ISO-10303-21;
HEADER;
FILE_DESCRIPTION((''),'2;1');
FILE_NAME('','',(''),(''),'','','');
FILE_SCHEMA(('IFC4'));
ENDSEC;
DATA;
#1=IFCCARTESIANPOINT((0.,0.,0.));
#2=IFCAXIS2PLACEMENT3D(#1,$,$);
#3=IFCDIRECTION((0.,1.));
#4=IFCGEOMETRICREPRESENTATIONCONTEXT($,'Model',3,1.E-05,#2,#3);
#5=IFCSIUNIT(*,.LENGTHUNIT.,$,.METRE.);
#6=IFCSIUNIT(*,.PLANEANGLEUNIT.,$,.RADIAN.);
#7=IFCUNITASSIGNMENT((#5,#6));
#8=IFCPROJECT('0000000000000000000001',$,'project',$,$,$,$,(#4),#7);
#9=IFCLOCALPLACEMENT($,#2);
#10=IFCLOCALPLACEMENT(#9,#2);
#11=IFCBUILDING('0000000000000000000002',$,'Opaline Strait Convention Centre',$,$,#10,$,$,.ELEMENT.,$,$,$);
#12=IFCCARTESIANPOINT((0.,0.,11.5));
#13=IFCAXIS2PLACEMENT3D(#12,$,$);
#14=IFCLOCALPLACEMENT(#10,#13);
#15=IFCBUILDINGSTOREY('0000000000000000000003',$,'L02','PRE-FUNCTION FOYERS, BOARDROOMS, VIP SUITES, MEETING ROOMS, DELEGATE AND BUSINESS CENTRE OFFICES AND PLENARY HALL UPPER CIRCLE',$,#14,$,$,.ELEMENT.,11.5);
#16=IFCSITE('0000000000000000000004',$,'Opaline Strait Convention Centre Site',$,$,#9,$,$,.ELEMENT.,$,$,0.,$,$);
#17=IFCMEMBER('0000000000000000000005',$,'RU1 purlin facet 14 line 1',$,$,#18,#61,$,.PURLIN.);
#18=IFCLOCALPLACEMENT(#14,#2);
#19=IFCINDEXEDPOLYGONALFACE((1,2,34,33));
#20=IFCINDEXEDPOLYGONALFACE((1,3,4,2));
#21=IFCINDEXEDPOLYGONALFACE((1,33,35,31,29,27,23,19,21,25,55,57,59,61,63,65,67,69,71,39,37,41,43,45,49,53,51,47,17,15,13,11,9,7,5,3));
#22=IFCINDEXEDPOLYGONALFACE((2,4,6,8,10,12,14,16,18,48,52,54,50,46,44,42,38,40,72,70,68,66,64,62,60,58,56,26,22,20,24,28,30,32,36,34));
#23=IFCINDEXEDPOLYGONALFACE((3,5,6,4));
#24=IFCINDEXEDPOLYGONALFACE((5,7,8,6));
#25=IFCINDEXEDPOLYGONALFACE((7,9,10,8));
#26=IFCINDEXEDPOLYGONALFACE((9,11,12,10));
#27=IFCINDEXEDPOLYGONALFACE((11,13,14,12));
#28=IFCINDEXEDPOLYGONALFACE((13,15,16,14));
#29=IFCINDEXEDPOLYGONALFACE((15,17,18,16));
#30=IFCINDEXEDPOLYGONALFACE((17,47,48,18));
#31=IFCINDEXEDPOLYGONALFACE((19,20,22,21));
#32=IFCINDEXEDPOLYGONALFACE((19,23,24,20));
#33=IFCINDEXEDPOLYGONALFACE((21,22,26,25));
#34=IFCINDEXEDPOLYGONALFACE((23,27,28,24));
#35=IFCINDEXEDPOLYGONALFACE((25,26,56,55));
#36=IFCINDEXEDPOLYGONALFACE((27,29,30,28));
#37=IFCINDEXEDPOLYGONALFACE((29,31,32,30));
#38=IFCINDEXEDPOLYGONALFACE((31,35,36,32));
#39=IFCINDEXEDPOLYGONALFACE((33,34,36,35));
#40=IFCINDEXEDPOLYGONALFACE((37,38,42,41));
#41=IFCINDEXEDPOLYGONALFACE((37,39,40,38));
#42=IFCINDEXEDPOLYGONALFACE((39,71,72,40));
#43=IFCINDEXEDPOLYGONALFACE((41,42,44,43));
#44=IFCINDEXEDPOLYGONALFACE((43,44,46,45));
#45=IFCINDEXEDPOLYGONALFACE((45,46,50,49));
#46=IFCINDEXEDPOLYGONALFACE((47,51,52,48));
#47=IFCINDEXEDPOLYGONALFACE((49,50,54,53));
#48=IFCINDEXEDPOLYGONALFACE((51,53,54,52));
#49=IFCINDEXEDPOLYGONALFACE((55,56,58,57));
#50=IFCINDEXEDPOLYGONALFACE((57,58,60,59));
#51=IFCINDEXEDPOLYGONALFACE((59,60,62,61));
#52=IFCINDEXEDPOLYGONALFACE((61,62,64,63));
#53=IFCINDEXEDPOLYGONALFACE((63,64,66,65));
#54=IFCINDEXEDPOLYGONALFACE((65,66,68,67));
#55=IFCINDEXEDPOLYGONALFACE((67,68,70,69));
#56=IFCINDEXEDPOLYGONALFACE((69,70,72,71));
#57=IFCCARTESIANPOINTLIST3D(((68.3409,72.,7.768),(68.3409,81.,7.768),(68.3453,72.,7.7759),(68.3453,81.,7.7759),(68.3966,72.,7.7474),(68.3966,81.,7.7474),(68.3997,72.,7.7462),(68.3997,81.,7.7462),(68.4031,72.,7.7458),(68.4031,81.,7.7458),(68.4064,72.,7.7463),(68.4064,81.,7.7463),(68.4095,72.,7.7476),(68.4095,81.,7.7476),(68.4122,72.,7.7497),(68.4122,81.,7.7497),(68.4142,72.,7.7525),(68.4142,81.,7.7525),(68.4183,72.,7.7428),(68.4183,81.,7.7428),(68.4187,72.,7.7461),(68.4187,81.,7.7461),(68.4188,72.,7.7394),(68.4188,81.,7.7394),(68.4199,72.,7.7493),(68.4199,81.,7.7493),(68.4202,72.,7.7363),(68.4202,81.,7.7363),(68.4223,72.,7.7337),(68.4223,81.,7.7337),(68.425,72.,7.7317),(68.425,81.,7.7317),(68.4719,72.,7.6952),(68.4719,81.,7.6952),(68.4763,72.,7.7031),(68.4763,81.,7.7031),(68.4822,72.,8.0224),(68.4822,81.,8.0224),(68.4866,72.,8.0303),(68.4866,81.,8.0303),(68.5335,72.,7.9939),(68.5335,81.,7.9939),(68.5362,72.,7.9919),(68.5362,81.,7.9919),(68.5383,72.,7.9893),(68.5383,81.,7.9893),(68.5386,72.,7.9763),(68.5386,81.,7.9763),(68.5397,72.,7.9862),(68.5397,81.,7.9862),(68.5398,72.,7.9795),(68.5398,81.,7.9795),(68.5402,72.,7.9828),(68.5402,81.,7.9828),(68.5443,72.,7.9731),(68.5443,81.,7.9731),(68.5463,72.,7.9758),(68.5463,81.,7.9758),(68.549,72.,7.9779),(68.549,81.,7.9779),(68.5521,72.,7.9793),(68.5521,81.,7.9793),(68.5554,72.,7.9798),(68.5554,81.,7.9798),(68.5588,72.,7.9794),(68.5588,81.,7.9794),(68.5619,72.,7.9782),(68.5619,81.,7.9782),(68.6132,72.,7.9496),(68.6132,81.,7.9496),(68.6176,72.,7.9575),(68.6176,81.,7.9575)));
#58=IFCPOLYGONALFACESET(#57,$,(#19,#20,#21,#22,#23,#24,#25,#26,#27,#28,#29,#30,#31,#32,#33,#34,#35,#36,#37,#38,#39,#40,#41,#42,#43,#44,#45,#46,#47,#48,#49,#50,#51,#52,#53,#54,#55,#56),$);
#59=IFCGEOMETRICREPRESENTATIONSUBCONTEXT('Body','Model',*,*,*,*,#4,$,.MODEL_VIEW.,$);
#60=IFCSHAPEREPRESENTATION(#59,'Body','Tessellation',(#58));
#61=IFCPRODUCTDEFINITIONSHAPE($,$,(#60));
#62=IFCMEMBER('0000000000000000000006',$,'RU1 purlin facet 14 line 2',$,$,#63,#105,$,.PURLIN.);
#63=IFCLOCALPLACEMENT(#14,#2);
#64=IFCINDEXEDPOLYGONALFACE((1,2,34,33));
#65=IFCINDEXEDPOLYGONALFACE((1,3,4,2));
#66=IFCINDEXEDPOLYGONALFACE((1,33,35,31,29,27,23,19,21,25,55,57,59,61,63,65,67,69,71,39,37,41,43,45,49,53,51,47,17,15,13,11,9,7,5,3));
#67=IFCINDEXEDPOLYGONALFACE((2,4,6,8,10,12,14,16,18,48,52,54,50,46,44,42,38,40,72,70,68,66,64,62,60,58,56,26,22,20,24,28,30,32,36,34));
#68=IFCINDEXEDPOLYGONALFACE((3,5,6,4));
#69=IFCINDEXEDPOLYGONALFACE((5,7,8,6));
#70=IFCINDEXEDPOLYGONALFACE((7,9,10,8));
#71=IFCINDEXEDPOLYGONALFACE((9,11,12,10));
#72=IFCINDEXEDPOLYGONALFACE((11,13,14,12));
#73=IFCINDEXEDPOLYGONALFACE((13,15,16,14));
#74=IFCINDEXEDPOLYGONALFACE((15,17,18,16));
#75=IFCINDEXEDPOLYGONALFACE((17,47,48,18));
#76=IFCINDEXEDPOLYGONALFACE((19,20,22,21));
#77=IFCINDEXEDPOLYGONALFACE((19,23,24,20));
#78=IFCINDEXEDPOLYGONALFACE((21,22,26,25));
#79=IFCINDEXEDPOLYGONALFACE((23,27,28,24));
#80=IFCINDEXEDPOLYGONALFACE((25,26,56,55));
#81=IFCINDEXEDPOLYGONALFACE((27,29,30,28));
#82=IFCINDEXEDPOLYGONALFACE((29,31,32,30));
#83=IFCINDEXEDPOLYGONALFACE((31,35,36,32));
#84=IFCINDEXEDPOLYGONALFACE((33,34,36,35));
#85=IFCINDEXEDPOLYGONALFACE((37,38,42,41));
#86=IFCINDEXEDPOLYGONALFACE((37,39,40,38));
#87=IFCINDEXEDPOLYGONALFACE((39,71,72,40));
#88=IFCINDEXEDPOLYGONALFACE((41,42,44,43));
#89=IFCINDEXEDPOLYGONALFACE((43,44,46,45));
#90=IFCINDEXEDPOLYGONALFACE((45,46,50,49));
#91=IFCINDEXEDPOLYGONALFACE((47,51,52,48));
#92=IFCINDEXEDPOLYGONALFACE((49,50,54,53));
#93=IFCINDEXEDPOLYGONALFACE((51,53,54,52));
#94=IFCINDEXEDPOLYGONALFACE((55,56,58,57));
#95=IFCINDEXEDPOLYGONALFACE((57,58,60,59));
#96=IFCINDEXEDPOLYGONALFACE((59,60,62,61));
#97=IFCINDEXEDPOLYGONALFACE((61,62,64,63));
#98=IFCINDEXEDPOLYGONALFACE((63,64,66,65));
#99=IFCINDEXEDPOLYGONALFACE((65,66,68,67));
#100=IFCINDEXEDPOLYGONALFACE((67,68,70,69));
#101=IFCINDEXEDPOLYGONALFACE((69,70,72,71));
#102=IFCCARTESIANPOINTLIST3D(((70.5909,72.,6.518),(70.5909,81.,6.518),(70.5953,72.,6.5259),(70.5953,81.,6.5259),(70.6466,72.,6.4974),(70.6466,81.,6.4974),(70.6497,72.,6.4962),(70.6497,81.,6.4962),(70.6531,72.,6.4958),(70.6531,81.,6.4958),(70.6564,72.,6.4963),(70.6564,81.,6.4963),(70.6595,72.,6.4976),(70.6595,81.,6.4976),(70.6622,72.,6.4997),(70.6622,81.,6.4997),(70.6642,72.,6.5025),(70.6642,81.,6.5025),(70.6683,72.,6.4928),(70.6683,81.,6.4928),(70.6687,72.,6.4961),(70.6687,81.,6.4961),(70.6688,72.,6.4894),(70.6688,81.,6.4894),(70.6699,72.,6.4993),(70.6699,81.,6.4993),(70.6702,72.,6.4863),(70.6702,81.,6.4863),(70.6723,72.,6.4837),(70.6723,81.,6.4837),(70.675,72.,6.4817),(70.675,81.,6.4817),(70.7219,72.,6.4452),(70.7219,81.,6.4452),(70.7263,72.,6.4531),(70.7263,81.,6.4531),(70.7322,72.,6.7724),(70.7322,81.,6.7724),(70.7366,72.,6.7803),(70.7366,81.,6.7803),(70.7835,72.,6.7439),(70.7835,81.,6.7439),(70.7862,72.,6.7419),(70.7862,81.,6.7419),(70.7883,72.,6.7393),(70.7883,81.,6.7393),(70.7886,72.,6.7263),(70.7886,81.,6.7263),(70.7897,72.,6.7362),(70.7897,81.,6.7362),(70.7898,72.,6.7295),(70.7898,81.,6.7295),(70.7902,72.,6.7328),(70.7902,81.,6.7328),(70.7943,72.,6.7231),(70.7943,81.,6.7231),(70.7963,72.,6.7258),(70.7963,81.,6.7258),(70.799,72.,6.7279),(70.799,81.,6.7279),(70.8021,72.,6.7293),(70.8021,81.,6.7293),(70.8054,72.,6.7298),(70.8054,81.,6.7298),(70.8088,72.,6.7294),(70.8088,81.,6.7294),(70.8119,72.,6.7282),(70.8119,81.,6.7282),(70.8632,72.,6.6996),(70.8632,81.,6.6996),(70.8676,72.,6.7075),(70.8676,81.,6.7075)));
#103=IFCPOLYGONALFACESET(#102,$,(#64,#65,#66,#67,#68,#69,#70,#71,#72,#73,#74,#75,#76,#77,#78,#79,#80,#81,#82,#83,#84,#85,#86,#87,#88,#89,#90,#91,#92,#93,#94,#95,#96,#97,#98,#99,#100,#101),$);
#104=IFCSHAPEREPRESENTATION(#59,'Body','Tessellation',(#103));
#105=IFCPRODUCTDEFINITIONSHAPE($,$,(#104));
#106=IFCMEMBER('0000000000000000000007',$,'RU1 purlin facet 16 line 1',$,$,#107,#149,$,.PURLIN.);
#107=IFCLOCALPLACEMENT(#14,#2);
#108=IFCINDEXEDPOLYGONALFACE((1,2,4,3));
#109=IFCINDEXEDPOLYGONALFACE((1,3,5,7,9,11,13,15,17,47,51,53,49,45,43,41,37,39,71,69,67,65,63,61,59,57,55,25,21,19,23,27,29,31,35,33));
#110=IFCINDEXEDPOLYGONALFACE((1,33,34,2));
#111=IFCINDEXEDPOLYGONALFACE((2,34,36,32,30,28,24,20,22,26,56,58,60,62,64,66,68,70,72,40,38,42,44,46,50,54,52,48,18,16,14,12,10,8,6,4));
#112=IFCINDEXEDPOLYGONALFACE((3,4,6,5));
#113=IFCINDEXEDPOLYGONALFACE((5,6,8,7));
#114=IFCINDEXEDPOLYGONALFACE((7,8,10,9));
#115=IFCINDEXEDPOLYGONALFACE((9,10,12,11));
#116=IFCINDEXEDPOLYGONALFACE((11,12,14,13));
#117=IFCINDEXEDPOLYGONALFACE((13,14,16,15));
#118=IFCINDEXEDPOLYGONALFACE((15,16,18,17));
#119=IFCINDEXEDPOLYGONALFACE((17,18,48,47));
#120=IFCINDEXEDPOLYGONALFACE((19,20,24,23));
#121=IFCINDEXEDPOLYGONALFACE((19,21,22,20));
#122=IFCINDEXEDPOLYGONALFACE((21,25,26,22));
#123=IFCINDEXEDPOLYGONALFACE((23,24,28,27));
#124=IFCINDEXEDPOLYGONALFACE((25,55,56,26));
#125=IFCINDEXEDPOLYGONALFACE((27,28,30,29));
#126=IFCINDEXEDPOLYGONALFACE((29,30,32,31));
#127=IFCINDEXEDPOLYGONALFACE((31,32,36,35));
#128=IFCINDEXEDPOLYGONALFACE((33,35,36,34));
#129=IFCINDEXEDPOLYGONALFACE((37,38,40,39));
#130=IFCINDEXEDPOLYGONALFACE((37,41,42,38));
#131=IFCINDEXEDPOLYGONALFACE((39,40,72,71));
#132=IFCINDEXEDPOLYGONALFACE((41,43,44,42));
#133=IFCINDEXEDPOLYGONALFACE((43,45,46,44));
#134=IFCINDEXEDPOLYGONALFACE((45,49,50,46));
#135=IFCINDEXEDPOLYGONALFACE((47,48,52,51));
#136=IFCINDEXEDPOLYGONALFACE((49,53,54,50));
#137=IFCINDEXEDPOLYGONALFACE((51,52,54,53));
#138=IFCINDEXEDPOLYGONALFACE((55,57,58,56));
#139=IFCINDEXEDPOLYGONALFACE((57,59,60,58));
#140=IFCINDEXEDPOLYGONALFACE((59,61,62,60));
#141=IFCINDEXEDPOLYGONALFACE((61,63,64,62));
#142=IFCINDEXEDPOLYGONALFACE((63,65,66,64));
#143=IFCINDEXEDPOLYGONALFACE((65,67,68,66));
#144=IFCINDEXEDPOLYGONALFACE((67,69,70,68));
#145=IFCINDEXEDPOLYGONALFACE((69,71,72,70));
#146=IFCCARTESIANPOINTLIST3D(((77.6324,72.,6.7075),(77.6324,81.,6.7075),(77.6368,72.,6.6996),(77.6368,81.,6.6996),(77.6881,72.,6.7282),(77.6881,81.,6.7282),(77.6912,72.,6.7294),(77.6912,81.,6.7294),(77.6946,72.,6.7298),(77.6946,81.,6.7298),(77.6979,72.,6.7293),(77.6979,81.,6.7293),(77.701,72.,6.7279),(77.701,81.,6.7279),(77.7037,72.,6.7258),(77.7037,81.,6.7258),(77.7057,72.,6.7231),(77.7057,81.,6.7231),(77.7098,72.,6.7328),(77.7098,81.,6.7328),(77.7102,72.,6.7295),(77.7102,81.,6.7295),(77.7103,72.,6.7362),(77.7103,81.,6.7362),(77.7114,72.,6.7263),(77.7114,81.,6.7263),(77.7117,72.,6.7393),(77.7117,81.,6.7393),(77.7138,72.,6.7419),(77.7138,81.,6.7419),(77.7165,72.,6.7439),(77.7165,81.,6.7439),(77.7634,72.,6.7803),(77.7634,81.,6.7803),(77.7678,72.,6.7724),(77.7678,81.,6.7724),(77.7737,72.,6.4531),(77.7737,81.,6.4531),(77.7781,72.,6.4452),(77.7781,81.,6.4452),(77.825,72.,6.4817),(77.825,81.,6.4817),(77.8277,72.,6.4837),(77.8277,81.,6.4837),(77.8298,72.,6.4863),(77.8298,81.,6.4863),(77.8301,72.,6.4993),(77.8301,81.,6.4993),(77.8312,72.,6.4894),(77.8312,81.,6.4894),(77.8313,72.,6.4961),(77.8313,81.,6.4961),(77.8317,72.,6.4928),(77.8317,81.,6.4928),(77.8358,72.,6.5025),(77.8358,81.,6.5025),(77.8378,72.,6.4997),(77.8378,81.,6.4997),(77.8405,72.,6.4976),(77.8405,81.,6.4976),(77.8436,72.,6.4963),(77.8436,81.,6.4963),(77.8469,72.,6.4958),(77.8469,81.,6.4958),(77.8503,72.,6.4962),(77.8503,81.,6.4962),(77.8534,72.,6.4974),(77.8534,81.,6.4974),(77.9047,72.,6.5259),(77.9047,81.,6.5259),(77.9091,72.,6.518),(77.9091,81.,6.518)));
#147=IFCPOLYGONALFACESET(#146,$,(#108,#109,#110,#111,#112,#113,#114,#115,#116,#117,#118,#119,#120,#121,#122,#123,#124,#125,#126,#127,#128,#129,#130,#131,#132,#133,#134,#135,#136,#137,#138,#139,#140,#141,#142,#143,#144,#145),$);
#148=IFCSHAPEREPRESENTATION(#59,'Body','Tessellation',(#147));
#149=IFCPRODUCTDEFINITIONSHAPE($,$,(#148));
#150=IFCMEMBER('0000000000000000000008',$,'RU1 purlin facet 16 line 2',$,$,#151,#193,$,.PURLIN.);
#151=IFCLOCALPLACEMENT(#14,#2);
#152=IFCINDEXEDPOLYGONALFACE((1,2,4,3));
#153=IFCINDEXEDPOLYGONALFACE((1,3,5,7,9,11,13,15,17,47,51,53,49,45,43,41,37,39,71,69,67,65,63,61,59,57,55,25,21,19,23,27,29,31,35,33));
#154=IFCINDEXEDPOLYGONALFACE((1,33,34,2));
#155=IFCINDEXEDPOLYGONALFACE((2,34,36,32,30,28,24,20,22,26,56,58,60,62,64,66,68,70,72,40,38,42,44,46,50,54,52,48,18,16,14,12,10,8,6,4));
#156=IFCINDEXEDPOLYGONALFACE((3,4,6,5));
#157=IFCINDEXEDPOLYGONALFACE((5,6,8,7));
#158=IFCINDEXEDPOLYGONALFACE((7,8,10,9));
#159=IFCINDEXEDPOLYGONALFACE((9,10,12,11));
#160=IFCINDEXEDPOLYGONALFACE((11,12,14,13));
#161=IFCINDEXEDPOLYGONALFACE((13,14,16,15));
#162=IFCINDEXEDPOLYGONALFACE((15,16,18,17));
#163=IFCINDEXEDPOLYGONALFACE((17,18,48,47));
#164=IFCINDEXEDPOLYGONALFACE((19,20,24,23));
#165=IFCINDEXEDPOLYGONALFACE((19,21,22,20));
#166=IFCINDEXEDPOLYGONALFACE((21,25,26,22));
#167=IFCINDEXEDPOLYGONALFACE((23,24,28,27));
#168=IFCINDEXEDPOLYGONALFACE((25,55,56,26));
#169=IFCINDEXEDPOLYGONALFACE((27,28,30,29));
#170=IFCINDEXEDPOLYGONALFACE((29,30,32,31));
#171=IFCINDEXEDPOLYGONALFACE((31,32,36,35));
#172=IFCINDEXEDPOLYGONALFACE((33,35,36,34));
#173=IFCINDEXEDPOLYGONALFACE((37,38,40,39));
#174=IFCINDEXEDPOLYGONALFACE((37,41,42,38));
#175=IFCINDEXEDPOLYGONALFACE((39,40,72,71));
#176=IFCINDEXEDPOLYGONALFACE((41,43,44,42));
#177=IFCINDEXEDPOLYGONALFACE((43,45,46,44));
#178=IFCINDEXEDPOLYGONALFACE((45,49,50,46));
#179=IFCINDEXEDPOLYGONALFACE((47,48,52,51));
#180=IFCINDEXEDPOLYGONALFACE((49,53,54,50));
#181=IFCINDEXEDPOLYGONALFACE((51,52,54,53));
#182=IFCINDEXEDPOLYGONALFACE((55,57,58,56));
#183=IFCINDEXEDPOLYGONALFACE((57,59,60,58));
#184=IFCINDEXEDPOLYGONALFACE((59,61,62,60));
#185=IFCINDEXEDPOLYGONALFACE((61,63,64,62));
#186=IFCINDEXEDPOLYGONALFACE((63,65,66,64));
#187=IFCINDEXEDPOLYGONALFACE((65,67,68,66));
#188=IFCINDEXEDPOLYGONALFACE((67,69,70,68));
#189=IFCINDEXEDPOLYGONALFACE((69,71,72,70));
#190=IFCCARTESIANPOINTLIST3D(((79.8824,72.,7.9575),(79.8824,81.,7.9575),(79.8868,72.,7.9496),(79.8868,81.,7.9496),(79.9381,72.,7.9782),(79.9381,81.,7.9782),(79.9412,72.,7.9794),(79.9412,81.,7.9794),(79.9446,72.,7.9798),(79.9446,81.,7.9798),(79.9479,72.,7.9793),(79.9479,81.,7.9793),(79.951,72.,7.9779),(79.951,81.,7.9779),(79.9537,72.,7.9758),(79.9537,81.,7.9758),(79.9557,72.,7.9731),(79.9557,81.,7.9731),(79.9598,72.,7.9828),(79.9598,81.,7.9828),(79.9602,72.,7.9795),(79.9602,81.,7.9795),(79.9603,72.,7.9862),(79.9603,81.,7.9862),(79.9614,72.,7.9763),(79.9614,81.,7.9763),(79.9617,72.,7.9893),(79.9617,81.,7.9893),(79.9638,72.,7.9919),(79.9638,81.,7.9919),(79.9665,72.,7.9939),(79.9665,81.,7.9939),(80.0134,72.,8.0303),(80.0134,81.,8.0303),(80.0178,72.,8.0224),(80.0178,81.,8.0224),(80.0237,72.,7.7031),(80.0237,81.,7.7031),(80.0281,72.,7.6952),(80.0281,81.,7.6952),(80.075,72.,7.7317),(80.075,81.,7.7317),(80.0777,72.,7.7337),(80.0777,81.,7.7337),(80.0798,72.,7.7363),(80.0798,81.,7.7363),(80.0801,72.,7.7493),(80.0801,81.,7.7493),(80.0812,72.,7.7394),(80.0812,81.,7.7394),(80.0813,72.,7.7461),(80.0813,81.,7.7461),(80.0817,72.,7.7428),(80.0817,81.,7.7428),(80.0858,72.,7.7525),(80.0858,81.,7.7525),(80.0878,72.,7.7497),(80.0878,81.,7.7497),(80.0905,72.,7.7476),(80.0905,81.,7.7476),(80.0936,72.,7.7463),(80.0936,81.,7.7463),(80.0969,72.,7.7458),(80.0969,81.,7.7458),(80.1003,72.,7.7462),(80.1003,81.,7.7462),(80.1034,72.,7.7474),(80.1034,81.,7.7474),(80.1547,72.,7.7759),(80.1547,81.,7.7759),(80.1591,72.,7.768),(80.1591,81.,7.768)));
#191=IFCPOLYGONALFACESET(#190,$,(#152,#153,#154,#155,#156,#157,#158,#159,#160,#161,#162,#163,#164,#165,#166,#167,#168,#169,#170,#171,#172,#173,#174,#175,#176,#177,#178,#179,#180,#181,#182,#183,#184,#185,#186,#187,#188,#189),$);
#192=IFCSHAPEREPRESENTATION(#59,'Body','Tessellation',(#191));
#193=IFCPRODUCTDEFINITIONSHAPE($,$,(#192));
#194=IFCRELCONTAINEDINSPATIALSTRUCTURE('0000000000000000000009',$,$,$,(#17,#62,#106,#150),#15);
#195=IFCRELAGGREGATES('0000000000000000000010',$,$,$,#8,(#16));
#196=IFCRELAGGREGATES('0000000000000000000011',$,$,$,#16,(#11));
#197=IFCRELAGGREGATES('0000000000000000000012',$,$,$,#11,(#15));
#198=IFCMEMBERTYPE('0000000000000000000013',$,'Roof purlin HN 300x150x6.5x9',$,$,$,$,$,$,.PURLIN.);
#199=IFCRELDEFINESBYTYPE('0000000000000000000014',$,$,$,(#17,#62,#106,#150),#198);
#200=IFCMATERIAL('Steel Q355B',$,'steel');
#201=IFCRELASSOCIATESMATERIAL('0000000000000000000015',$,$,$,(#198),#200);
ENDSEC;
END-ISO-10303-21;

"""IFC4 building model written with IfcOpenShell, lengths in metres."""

from ifc_helpers import new_model, si_unit, direction, frame, origin, origin_2d, place, context, subcontext, project, spatial, i_section, extrude, material, material_profile, profile_set, type_object, element, save


model = new_model("IFC4")

# Units and contexts
model_context = context("Model", 3, precision=1e-05, world=origin(), true_north=direction((0.0, 1.0)))
body_context = subcontext(model_context, "Body", "Model", "MODEL_VIEW")
ifc_project = project(units=[si_unit("LENGTHUNIT", "METRE"), si_unit("PLANEANGLEUNIT", "RADIAN")], contexts=[model_context])

# Site, building, storey
site_placement = place(None, origin())
site = spatial("IfcSite", under=ifc_project, at=site_placement, Name="Opaline Strait Convention Centre Site", CompositionType="ELEMENT", RefElevation=0.0)
building_placement = place(site_placement, origin())
building = spatial("IfcBuilding", under=site, at=building_placement, Name="Opaline Strait Convention Centre", CompositionType="ELEMENT")
storey_placement = place(building_placement, frame((0.0, 0.0, 11.5)))
storey = spatial("IfcBuildingStorey", under=building, at=storey_placement, Name="L02", Description="PRE-FUNCTION FOYERS, BOARDROOMS, VIP SUITES, MEETING ROOMS, DELEGATE AND BUSINESS CENTRE OFFICES AND PLENARY HALL UPPER CIRCLE", CompositionType="ELEMENT", Elevation=11.5)

# Shared definitions
ifc_material_1 = material(Name="Steel Q355B", Category="steel")

# Members
ifc_material_profile_1 = material_profile(ifc_material_1, i_section(OverallWidth=0.1499, OverallDepth=0.3, WebThickness=0.0066, FlangeThickness=0.009, FilletRadius=0.0129, at=origin_2d()), Name="HN 300x150x6.5x9")
ifc_profile_set_1 = profile_set([ifc_material_profile_1], Name="Steel Q355B")
member_type_1 = type_object("IfcMemberType", Name="Roof purlin HN 300x150x6.5x9", PredefinedType="PURLIN", material=ifc_profile_set_1)
for number, where, z_axis, x_axis, name in (
    (1, (68.4792, 72.0, 7.8628), (0.0, 1.0, 0.0), (-0.874157, 0.0, 0.485643), "RU1 purlin facet 14 line 1"),
    (2, (70.7292, 72.0, 6.6128), (0.0, 1.0, 0.0), (-0.874157, 0.0, 0.485643), "RU1 purlin facet 14 line 2"),
    (3, (77.7708, 72.0, 6.6128), (0.0, 1.0, 0.0), (-0.874157, 0.0, -0.485643), "RU1 purlin facet 16 line 1"),
    (4, (80.0208, 72.0, 7.8628), (0.0, 1.0, 0.0), (-0.874157, 0.0, -0.485643), "RU1 purlin facet 16 line 2"),
):
    element("IfcMember", number, at=place(storey_placement, frame(where, z_axis=z_axis, x_axis=x_axis)), inside=storey, type_object=member_type_1, Name=name, PredefinedType="PURLIN", context=body_context, shape_type="SweptSolid", body=[
        extrude(i_section(OverallWidth=0.1499, OverallDepth=0.3, WebThickness=0.0066, FlangeThickness=0.009, FilletRadius=0.0129, at=origin_2d()), origin(), (0.0, 0.0, 1.0), 9.0),
    ])

save(model, "model.ifc")
